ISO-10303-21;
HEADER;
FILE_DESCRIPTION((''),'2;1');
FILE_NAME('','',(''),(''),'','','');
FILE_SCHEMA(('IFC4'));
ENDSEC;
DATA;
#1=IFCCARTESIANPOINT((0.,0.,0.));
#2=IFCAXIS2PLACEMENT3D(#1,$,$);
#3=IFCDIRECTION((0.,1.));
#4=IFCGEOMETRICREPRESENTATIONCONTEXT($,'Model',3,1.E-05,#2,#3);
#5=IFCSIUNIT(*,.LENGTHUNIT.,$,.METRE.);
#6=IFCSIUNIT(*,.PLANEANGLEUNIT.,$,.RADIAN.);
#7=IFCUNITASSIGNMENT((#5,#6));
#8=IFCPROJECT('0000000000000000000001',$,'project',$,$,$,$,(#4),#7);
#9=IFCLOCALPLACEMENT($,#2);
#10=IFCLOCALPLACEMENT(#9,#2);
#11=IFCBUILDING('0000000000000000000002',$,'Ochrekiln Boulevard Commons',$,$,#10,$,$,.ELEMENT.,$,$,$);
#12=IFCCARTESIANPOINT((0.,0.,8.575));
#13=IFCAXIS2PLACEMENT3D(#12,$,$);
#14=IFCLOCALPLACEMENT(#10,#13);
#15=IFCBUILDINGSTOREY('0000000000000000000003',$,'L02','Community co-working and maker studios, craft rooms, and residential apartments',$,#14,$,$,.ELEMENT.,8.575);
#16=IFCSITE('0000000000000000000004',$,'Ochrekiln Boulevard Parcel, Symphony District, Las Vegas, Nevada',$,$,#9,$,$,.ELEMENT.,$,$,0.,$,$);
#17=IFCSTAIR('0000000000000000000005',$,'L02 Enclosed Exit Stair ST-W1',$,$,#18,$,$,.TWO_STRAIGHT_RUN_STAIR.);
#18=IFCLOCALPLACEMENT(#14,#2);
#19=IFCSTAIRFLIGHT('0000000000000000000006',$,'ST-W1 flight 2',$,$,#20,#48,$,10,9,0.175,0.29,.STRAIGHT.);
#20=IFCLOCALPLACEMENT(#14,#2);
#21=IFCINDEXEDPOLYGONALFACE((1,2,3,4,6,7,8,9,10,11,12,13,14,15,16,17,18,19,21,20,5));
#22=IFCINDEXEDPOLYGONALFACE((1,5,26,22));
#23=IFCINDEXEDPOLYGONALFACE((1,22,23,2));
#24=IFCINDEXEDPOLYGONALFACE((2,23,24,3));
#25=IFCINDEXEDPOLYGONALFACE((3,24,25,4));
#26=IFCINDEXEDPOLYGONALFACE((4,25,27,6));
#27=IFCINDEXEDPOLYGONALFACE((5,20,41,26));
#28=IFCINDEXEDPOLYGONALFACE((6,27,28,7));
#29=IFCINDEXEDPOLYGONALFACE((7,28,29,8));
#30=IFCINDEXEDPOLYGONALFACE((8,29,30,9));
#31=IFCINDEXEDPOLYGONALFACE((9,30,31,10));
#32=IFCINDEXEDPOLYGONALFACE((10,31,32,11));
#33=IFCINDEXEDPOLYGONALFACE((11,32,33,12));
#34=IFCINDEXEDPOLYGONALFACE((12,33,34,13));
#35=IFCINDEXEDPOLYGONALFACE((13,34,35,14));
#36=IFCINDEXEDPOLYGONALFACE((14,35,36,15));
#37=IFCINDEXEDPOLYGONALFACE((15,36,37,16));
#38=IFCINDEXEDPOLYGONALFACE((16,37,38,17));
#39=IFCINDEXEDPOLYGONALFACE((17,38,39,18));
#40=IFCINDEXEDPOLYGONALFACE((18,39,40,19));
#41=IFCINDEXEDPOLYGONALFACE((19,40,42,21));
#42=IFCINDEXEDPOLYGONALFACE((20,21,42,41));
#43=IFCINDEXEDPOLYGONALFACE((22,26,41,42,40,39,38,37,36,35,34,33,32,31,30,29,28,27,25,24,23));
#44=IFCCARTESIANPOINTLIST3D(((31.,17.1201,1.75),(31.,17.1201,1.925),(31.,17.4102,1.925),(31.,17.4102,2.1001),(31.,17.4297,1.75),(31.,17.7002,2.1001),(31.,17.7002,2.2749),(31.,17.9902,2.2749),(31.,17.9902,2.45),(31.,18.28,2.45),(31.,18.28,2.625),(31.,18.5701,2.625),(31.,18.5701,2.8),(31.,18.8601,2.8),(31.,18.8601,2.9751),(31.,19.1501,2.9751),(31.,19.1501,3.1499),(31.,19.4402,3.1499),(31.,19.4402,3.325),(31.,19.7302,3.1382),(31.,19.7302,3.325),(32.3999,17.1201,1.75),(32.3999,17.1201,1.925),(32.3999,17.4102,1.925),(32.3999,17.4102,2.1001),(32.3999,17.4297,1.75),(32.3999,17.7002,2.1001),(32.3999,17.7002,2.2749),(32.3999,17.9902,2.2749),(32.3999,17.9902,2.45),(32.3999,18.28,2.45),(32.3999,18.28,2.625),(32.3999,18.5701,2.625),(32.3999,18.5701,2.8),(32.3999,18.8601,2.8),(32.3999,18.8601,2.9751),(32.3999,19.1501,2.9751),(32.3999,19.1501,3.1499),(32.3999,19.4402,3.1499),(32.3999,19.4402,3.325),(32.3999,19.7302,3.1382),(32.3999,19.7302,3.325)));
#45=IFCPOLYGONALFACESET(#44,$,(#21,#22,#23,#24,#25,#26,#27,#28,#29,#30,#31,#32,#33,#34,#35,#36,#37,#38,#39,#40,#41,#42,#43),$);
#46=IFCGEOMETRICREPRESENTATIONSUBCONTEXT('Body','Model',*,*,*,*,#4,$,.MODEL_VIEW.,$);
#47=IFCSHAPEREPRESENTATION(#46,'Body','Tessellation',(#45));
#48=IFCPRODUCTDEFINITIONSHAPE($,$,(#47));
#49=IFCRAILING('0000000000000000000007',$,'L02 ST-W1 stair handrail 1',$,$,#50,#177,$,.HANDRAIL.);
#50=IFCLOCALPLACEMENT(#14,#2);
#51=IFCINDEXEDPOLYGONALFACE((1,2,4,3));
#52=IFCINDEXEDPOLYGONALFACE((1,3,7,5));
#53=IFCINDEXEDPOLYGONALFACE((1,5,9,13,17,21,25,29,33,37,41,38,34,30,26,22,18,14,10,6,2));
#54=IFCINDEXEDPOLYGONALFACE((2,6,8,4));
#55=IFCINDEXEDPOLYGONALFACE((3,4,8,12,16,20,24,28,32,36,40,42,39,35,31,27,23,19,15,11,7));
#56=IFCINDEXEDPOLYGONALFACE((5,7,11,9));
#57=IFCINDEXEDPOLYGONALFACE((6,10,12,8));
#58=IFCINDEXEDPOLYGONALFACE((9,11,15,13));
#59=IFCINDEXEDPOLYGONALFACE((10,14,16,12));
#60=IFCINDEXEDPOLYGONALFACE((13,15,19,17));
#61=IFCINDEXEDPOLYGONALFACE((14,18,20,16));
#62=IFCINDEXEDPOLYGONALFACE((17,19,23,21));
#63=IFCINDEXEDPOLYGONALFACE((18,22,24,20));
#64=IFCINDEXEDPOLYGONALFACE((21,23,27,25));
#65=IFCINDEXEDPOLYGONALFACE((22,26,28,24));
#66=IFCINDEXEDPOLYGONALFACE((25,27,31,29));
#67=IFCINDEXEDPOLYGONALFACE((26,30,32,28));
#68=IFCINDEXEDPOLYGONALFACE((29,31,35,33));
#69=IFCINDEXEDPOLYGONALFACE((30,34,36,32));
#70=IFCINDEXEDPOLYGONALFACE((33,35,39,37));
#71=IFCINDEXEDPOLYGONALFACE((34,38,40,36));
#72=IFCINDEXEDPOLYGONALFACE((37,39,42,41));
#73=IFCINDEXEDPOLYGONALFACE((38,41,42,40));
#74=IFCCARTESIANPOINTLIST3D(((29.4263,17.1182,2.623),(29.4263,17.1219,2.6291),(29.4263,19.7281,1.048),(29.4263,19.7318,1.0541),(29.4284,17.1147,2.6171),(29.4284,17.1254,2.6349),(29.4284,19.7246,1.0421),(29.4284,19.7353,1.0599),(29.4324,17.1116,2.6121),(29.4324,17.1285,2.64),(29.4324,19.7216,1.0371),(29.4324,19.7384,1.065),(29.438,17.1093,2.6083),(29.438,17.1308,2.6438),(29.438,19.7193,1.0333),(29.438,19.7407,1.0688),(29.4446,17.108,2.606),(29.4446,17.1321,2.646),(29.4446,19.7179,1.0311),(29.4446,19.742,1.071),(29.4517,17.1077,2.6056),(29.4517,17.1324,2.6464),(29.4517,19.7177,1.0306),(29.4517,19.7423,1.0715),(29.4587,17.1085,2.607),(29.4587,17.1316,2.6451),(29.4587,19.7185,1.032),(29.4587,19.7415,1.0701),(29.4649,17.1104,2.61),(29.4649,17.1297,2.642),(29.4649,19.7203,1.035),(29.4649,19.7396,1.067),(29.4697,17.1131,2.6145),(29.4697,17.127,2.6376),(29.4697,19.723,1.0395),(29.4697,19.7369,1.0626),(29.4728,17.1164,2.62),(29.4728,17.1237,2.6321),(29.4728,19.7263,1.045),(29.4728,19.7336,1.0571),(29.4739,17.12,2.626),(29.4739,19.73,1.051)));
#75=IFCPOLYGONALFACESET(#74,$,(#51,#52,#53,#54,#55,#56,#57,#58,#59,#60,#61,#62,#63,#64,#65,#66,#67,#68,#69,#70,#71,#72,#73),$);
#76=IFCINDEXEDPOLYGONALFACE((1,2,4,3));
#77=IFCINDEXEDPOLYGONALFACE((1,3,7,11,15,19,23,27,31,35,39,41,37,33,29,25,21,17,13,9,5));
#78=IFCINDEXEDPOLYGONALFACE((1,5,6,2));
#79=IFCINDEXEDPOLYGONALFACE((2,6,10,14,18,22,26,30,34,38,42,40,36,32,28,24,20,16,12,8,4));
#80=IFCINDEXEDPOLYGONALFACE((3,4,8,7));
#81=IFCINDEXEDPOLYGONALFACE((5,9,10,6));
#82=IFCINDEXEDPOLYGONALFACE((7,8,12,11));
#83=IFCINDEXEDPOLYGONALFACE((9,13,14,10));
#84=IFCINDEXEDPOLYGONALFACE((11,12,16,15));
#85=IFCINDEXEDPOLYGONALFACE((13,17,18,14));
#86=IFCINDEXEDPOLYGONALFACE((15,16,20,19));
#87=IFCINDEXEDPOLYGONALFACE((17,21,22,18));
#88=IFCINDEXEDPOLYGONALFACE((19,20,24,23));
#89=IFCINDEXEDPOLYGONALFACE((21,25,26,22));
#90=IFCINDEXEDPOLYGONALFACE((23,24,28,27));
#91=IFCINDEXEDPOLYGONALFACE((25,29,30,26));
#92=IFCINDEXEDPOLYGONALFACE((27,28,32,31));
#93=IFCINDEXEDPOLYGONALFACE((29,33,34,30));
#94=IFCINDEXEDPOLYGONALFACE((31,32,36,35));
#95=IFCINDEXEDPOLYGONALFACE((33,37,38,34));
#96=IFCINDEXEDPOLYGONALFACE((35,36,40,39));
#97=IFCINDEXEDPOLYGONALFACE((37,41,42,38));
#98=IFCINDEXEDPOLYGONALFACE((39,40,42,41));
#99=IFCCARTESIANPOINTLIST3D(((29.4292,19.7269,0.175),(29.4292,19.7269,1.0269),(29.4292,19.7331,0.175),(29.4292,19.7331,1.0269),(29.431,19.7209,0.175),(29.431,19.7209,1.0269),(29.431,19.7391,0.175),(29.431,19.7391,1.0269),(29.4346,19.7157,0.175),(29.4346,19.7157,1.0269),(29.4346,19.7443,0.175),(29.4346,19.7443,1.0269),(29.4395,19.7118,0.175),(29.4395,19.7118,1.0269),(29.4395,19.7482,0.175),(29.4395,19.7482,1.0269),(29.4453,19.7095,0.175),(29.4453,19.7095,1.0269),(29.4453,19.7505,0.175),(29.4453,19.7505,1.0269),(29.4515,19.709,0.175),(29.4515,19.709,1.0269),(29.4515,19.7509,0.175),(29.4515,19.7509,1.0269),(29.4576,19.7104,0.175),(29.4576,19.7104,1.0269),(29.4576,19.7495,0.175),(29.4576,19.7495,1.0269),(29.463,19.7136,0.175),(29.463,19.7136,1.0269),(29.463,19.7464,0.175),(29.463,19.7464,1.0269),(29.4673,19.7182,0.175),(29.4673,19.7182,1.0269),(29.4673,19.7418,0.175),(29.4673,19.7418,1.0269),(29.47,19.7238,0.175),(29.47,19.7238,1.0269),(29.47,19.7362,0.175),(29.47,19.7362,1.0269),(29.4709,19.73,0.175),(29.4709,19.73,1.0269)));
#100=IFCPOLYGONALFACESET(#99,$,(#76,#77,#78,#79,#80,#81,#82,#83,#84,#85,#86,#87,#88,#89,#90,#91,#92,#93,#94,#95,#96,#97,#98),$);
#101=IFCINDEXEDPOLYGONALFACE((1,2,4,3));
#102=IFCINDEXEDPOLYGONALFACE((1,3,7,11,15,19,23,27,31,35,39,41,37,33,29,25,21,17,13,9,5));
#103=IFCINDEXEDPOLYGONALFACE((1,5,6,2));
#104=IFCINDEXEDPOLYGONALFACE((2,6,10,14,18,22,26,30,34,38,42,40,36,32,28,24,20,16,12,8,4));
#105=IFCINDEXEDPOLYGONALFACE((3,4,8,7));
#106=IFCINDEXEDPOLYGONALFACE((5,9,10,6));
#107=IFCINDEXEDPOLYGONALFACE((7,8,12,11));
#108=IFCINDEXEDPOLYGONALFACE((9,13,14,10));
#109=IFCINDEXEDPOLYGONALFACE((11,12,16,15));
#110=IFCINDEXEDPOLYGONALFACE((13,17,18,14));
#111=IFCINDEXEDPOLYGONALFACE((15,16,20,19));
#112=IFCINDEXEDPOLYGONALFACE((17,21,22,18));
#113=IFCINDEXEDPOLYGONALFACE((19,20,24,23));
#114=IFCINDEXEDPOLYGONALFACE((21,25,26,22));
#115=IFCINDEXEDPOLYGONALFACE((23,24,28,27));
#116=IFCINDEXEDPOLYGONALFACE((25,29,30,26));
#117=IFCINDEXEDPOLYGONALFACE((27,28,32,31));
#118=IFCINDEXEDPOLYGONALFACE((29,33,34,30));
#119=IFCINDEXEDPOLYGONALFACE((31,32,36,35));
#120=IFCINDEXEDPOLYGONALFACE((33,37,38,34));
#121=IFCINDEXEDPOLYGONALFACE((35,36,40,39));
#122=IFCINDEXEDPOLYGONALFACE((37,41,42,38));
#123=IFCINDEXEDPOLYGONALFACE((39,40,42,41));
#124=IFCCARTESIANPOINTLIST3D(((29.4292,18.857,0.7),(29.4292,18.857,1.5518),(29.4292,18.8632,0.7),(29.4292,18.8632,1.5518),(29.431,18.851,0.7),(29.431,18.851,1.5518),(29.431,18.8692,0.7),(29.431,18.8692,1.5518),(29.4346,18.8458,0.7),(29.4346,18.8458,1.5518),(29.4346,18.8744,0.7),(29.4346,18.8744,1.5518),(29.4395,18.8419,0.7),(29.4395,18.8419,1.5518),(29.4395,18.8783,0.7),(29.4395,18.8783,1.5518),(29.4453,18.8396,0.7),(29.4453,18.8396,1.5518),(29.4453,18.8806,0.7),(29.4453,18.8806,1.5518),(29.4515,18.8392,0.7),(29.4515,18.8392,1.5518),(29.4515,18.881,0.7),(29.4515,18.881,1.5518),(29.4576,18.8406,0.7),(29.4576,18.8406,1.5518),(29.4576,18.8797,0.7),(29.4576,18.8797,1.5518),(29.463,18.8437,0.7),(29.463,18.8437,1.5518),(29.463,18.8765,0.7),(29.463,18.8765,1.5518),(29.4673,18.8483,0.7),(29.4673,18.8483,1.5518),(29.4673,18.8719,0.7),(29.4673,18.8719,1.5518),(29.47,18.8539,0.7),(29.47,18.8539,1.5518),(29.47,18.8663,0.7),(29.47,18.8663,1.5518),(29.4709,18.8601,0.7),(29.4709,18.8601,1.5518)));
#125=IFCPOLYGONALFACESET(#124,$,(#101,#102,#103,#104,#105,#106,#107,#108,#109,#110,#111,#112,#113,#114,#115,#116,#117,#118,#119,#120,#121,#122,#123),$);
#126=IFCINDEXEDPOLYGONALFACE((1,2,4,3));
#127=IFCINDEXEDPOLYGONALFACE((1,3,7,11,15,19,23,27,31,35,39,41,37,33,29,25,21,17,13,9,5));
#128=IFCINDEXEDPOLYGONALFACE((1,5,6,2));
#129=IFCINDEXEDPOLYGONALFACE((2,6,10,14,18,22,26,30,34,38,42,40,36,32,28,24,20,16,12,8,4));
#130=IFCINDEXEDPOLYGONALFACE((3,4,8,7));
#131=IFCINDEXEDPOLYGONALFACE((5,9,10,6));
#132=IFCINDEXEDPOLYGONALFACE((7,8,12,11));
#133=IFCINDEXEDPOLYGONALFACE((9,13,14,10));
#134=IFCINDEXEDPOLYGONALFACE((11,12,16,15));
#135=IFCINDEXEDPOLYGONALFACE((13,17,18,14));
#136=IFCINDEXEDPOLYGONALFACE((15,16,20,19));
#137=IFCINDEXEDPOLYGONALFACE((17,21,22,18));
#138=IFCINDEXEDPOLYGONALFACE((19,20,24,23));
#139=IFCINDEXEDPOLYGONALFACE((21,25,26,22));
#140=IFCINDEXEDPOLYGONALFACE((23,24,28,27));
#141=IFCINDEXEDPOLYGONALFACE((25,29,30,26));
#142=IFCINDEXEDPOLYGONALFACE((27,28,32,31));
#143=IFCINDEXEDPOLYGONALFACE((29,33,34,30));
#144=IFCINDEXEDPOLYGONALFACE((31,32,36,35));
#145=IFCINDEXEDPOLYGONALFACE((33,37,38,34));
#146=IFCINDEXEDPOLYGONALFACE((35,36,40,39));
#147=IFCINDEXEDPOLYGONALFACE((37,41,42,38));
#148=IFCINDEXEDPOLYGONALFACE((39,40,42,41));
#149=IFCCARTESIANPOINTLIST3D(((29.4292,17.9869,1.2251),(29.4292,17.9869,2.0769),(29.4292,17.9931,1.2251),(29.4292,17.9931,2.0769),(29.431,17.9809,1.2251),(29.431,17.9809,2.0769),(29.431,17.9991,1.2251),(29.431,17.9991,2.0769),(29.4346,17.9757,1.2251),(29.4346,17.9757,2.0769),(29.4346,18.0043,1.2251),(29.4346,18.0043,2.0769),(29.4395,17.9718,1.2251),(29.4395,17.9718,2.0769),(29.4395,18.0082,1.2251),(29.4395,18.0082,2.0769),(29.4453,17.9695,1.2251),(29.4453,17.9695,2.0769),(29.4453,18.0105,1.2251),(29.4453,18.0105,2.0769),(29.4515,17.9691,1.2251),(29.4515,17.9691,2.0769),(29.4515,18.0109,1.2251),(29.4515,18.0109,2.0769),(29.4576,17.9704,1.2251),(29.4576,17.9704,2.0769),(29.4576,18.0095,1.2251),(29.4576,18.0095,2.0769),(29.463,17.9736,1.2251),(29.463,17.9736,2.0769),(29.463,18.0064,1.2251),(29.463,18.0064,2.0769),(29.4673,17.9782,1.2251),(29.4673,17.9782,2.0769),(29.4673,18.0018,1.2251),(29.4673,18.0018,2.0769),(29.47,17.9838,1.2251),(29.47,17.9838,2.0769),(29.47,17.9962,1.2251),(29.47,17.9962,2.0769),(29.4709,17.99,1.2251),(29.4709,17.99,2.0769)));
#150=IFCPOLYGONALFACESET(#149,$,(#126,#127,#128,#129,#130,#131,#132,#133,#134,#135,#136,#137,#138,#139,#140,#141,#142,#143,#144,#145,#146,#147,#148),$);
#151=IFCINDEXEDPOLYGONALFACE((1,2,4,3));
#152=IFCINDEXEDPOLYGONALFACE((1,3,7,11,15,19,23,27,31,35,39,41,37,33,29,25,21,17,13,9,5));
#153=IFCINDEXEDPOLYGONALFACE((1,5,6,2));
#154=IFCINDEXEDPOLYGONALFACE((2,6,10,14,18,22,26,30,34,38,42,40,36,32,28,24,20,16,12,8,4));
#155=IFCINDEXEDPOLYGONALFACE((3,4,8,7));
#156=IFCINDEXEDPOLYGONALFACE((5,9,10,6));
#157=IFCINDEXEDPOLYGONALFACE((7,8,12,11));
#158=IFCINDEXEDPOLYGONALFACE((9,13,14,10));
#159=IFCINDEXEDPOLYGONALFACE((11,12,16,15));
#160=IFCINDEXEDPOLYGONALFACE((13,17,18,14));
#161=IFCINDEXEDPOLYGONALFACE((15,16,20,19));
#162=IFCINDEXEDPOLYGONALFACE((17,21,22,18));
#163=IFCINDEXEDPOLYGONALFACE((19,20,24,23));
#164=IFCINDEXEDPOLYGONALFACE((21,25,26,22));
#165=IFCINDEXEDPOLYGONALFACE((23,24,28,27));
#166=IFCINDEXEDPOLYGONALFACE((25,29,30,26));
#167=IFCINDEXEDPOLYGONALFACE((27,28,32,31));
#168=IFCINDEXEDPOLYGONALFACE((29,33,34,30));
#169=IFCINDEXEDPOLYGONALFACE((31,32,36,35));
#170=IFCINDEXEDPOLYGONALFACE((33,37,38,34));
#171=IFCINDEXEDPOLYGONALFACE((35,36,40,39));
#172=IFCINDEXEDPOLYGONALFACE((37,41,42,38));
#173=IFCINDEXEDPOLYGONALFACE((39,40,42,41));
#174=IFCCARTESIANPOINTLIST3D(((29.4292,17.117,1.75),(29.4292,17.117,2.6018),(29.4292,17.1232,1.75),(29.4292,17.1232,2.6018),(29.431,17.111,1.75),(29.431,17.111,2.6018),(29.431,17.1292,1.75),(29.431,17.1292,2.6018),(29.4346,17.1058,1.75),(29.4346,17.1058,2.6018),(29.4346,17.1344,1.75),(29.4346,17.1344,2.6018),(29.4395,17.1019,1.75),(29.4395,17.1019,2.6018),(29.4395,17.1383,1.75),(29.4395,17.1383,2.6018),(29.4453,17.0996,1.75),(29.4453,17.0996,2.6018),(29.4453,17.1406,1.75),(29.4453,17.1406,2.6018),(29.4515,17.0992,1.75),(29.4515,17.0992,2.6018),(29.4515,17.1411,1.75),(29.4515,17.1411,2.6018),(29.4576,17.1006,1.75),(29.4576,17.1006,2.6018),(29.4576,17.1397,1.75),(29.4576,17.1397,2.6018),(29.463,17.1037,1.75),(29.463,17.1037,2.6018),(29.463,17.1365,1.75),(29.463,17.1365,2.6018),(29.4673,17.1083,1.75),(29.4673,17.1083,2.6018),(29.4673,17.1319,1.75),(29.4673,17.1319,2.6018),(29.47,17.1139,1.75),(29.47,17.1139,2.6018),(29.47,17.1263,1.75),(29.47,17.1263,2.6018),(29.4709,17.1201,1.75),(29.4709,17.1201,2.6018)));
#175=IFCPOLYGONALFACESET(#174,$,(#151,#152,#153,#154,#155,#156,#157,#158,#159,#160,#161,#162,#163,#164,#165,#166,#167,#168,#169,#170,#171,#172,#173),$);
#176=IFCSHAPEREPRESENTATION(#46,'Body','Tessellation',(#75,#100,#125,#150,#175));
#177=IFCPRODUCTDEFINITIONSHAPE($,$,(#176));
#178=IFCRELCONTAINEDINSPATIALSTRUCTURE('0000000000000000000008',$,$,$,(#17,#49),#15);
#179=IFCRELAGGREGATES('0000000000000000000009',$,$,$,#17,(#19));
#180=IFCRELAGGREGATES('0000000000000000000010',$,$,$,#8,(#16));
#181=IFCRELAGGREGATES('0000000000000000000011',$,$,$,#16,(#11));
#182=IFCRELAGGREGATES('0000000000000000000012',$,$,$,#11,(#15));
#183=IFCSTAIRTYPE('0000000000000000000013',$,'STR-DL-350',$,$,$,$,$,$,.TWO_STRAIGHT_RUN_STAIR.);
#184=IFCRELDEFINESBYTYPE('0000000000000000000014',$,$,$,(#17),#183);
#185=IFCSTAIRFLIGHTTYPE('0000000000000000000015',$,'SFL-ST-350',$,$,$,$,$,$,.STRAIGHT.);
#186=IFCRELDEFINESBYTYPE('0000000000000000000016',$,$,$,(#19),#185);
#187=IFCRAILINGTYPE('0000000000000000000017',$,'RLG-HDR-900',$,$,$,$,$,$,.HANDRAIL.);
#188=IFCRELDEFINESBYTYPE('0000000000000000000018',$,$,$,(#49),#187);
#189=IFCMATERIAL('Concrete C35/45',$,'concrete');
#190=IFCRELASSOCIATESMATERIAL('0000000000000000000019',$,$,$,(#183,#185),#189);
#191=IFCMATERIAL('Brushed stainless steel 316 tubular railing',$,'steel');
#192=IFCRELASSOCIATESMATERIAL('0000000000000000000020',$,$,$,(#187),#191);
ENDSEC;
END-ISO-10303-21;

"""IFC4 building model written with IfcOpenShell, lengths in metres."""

from ifc_helpers import new_model, si_unit, direction, frame, origin, origin_2d, place, context, subcontext, project, spatial, polyline, circle, outline, extrude, material, type_object, element, aggregate, save


model = new_model("IFC4")

# Units and contexts
model_context = context("Model", 3, precision=1e-05, world=origin(), true_north=direction((0.0, 1.0)))
body_context = subcontext(model_context, "Body", "Model", "MODEL_VIEW")
ifc_project = project(units=[si_unit("LENGTHUNIT", "METRE"), si_unit("PLANEANGLEUNIT", "RADIAN")], contexts=[model_context])

# Site, building, storey
site_placement = place(None, origin())
site = spatial("IfcSite", under=ifc_project, at=site_placement, Name="Ochrekiln Boulevard Parcel, Symphony District, Las Vegas, Nevada", CompositionType="ELEMENT", RefElevation=0.0)
building_placement = place(site_placement, origin())
building = spatial("IfcBuilding", under=site, at=building_placement, Name="Ochrekiln Boulevard Commons", CompositionType="ELEMENT")
storey_placement = place(building_placement, frame((0.0, 0.0, 8.575)))
storey = spatial("IfcBuildingStorey", under=building, at=storey_placement, Name="L02", Description="Community co-working and maker studios, craft rooms, and residential apartments", CompositionType="ELEMENT", Elevation=8.575)

# Shared definitions
ifc_material_1 = material(Name="Concrete C35/45", Category="concrete")

# Stair, stair flight
stair_type = type_object("IfcStairType", Name="STR-DL-350", PredefinedType="TWO_STRAIGHT_RUN_STAIR", material=ifc_material_1)
stair_placement = place(storey_placement, origin())
stair = element("IfcStair", 1, at=stair_placement, inside=storey, type_object=stair_type, Name="L02 Enclosed Exit Stair ST-W1", PredefinedType="TWO_STRAIGHT_RUN_STAIR")
stair_flight_type = type_object("IfcStairFlightType", Name="SFL-ST-350", PredefinedType="STRAIGHT", material=ifc_material_1)
stair_flight_1_placement = place(storey_placement, frame((31.7, 17.1201, 1.75), z_axis=(0.0, 0.0, 1.0), x_axis=(0.0, 1.0, 0.0)))
stair_flight_1 = element("IfcStairFlight", 2, at=stair_flight_1_placement, type_object=stair_flight_type, Name="ST-W1 flight 2", NumberOfRisers=10, NumberOfTreads=9, PredefinedType="STRAIGHT", RiserHeight=0.175, TreadLength=0.29, context=body_context, shape_type="SweptSolid", body=[
    extrude(outline(polyline([(0.0, 0.0), (0.0, 0.175), (0.29, 0.175), (0.29, 0.3501), (0.5801, 0.3501), (0.5801, 0.5249), (0.8701, 0.5249), (0.8701, 0.7), (1.1599, 0.7), (1.1599, 0.875), (1.45, 0.875), (1.45, 1.05), (1.74, 1.05), (1.74, 1.2251), (2.03, 1.2251), (2.03, 1.3999), (2.3201, 1.3999), (2.3201, 1.575), (2.6101, 1.575), (2.6101, 1.75), (2.6101, 1.3882), (0.3096, 0.0), (0.0, 0.0)])), frame((0.0, 0.7, 0.0), z_axis=(0.0, -1.0, 0.0), x_axis=(1.0, 0.0, 0.0)), (0.0, 0.0, 1.0), 1.3999),
])
aggregate(stair, [stair_flight_1])

# Railing
ifc_material_2 = material(Name="Brushed stainless steel 316 tubular railing", Category="steel")
railing_type_1 = type_object("IfcRailingType", Name="RLG-HDR-900", PredefinedType="HANDRAIL", material=ifc_material_2)
railing_1_placement = place(storey_placement, frame((29.45, 19.73, 0.175)))
element("IfcRailing", 3, at=railing_1_placement, inside=storey, type_object=railing_type_1, Name="L02 ST-W1 stair handrail 1", PredefinedType="HANDRAIL", context=body_context, shape_type="SweptSolid", body=[
    extrude(circle(Radius=0.0239, at=origin_2d()), frame((0.0, 0.0, 0.876), z_axis=(0.0, -0.856183, 0.516673), x_axis=(1.0, 0.0, 0.0)), (0.0, 0.0, 1.0), 3.0483),
    extrude(circle(Radius=0.021, at=origin_2d()), origin(), (0.0, 0.0, 1.0), 0.8518),
    extrude(circle(Radius=0.021, at=origin_2d()), frame((0.0, -0.8699, 0.5249)), (0.0, 0.0, 1.0), 0.8518),
    extrude(circle(Radius=0.021, at=origin_2d()), frame((0.0, -1.74, 1.05)), (0.0, 0.0, 1.0), 0.8518),
    extrude(circle(Radius=0.021, at=origin_2d()), frame((0.0, -2.6099, 1.575)), (0.0, 0.0, 1.0), 0.8518),
])

save(model, "model.ifc")
